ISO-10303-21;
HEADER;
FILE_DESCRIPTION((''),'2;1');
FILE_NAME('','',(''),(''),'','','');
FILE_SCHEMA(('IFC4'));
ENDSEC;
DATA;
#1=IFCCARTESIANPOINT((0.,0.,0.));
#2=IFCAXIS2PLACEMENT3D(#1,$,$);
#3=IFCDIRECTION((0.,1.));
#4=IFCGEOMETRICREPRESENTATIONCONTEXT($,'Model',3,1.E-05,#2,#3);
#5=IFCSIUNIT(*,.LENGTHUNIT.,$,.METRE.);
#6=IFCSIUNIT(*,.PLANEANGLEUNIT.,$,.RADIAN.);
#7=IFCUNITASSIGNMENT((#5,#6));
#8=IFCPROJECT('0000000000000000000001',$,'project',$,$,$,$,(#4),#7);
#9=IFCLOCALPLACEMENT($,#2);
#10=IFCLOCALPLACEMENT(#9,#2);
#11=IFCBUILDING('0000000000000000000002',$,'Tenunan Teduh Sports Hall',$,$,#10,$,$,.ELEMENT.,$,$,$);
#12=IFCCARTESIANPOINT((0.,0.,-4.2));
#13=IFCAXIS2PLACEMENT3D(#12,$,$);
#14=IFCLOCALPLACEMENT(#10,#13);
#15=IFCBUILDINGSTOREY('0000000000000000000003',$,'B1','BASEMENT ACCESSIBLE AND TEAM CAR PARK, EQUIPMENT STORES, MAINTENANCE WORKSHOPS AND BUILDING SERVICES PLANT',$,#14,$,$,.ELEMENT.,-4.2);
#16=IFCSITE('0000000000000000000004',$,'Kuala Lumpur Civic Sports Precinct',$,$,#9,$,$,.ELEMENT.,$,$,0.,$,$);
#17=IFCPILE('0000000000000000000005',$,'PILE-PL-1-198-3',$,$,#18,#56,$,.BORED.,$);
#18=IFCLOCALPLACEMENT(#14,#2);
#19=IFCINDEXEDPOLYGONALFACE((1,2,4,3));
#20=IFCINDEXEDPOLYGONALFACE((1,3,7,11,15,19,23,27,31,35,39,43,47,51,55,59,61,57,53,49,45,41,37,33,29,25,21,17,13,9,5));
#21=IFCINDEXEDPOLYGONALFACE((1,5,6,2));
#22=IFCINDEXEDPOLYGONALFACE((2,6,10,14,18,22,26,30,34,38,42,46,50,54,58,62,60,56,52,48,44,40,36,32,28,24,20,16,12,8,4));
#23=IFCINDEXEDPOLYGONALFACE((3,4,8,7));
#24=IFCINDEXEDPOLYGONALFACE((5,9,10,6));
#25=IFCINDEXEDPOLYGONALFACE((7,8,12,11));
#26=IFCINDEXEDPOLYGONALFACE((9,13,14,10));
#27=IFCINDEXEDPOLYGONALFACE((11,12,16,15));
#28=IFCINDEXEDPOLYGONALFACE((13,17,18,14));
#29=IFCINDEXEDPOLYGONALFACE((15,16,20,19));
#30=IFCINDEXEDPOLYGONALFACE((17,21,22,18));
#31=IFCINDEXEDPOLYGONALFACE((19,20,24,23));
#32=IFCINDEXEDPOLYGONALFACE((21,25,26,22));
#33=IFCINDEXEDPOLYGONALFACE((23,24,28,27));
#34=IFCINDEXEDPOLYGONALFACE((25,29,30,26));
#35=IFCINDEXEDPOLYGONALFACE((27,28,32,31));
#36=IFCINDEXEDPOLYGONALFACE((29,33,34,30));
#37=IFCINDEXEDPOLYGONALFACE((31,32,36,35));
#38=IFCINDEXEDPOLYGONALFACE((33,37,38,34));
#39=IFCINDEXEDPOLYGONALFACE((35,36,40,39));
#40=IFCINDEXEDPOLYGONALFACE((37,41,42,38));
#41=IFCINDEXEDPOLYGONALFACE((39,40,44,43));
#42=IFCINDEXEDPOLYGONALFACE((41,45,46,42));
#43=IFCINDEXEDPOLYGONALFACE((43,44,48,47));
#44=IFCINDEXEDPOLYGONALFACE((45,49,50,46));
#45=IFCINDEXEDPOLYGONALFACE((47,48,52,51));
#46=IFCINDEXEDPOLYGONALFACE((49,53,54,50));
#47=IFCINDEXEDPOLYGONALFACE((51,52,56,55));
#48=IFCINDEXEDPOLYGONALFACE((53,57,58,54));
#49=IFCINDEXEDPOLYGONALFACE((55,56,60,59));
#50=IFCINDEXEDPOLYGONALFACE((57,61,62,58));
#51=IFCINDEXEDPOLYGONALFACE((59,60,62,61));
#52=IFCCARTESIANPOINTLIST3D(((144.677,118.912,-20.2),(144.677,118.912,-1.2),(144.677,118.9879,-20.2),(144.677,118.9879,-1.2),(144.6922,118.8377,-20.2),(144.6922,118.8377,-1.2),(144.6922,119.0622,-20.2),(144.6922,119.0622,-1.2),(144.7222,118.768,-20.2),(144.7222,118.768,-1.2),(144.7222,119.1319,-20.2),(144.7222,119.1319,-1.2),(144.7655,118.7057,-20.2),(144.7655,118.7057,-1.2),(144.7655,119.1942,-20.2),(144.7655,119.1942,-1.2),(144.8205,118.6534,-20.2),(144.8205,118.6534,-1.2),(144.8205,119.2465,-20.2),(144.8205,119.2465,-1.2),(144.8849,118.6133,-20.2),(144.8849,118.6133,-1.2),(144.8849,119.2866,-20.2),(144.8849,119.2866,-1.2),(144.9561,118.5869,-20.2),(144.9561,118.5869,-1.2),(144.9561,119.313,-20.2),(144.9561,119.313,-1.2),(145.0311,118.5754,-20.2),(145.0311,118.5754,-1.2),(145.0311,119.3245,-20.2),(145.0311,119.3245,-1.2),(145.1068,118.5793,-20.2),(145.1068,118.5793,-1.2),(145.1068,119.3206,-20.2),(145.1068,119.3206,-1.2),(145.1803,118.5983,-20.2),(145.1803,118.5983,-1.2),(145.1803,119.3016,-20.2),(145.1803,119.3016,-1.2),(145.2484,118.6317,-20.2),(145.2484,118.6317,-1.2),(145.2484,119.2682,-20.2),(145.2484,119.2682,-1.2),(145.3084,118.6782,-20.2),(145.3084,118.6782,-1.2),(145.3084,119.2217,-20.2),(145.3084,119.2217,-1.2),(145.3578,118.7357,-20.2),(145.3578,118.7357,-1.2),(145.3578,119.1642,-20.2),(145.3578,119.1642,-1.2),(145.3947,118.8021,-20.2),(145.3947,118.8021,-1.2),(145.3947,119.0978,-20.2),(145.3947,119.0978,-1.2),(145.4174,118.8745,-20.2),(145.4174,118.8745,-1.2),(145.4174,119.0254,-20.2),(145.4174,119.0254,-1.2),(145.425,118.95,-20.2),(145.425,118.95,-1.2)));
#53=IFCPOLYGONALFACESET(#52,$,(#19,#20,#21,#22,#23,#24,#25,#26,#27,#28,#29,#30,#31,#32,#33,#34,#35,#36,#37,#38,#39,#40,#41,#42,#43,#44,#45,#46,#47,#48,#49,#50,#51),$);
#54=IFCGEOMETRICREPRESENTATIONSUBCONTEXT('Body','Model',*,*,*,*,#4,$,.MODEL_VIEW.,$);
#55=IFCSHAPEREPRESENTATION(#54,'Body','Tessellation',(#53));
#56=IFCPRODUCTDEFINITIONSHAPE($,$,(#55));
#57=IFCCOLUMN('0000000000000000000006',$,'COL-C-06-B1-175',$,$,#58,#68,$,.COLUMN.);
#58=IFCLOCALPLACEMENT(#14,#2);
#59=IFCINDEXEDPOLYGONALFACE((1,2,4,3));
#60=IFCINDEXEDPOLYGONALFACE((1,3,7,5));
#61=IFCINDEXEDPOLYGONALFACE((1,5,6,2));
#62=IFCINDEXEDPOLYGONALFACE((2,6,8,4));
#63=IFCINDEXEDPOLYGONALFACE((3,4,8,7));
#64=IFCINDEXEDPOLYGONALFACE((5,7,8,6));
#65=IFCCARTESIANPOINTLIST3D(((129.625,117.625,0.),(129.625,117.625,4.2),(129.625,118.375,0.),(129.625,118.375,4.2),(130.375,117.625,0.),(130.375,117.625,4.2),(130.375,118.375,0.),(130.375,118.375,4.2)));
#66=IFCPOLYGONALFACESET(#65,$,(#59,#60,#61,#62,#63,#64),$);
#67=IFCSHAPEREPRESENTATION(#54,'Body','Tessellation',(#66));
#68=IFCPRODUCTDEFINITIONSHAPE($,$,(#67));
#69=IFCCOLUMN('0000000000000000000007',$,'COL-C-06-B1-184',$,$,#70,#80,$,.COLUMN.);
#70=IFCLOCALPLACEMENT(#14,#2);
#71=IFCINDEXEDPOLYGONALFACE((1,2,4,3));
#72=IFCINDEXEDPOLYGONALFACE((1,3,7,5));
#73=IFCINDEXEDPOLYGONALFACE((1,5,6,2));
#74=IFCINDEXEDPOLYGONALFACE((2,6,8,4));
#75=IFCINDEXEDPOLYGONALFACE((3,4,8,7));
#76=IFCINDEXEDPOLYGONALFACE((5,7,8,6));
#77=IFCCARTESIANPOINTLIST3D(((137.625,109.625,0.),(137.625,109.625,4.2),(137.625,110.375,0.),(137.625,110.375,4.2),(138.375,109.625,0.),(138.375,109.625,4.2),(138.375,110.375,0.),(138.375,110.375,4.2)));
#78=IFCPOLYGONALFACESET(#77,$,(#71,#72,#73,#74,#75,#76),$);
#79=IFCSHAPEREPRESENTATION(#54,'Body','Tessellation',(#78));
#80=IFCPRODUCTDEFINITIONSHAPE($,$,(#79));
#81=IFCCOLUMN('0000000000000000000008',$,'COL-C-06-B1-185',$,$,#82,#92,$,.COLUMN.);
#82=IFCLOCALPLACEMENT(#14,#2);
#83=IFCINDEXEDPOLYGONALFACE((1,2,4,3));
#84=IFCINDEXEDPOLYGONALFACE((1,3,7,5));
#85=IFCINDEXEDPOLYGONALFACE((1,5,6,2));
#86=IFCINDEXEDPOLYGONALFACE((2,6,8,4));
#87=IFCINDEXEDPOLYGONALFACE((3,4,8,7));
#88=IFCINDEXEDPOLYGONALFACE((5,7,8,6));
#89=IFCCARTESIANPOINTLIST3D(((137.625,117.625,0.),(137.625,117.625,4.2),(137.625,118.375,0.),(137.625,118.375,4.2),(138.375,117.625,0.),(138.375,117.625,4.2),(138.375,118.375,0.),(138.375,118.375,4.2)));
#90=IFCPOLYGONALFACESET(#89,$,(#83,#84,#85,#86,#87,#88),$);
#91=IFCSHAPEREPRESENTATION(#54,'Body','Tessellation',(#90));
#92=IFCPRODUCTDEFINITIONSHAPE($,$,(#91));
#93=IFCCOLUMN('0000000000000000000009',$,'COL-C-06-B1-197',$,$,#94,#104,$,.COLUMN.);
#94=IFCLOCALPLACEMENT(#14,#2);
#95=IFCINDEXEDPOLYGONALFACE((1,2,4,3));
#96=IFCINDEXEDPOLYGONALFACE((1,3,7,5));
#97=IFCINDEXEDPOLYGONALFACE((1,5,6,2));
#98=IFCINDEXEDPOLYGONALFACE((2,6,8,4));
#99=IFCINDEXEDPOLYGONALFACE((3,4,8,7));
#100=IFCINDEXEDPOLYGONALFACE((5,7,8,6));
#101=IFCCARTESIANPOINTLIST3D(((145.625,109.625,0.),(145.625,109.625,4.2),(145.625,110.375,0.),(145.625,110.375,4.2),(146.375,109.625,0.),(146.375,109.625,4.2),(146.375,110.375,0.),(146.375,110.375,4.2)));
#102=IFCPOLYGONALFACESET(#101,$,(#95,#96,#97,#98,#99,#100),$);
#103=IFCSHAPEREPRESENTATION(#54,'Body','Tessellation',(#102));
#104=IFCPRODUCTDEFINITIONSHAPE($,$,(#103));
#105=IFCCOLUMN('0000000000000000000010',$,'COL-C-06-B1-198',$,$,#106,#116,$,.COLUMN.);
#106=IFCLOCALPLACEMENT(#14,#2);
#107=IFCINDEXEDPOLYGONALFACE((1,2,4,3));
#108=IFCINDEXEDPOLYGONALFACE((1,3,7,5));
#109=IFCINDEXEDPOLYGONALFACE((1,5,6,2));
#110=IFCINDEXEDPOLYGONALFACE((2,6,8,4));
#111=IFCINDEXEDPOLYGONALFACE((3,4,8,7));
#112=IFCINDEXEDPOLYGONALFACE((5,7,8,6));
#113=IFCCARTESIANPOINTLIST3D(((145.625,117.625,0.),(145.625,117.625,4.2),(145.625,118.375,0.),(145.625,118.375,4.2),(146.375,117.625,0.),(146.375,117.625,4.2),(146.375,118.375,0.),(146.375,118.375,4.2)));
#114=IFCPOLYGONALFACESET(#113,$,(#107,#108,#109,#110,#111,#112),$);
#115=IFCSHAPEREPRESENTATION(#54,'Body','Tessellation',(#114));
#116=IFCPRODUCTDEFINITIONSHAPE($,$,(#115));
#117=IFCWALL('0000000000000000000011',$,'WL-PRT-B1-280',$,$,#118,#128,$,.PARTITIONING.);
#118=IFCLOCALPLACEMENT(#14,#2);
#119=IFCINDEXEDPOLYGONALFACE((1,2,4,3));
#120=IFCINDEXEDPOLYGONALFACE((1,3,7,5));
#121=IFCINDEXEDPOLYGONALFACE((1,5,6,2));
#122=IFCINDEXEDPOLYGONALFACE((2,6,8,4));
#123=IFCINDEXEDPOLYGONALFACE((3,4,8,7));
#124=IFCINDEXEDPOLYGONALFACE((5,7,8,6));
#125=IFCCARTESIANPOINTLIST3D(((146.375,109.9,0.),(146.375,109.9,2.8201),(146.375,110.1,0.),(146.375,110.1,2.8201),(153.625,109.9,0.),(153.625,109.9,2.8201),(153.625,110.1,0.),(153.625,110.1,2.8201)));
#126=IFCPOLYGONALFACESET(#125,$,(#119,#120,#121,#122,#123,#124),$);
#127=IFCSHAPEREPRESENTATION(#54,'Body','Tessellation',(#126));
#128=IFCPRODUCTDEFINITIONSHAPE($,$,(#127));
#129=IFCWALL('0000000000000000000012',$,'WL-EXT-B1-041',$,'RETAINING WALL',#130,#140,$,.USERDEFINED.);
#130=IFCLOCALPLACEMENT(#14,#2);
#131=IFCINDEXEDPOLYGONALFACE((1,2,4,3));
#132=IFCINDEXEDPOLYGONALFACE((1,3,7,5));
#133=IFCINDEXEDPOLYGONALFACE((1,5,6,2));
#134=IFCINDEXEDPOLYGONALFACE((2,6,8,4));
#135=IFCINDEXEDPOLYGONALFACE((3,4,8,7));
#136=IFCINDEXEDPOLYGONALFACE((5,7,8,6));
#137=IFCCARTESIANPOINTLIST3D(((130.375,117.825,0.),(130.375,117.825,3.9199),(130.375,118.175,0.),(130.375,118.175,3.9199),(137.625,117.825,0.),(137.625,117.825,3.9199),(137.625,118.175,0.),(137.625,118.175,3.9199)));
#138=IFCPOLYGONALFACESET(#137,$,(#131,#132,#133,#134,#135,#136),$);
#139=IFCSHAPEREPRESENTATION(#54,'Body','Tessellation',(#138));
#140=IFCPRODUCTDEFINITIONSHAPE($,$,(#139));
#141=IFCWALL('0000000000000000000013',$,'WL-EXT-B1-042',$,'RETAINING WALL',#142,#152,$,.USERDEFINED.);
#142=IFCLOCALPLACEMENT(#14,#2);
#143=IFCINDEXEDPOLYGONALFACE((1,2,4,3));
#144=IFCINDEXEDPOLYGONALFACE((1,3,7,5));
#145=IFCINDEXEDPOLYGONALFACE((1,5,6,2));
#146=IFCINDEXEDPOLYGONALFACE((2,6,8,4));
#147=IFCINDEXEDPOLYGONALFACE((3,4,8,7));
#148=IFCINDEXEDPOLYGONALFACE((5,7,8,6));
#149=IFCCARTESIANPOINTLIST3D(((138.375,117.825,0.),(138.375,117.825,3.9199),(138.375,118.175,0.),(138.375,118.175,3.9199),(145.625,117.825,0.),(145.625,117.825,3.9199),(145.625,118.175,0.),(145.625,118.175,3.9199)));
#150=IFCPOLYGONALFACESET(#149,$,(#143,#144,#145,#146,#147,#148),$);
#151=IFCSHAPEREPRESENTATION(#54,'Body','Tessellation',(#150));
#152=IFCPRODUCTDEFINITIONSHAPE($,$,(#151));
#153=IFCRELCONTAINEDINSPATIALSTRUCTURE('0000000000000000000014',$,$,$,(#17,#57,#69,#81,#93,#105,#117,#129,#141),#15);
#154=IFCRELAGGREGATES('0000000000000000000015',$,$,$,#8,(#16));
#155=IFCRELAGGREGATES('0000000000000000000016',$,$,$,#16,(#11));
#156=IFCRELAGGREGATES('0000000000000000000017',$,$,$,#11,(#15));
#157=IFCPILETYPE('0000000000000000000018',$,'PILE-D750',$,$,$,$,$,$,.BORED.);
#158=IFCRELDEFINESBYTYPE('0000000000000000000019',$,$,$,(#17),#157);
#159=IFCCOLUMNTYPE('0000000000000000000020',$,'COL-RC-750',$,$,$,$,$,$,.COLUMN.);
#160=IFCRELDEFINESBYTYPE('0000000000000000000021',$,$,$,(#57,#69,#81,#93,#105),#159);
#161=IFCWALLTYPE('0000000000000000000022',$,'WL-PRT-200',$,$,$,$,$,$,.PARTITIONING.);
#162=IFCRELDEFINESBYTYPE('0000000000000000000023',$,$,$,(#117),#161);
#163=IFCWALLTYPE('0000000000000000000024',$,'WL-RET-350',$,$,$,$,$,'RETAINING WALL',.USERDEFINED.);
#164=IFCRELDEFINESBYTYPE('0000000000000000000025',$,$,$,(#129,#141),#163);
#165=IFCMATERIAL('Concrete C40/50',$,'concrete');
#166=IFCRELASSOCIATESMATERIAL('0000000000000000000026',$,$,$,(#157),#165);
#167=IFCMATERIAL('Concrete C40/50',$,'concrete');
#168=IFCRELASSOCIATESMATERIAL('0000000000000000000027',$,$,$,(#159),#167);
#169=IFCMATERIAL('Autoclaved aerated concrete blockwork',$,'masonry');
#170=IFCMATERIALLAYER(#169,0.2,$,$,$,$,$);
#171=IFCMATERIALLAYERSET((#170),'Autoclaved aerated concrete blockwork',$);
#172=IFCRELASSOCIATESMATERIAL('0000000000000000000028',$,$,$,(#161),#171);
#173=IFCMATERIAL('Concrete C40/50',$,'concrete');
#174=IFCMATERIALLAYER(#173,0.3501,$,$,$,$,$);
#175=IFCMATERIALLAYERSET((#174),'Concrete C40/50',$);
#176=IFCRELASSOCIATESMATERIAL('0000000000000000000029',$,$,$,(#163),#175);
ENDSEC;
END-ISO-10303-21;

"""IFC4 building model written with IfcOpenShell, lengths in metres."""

from ifc_helpers import new_model, si_unit, direction, frame, frame_2d, origin, origin_2d, place, context, subcontext, project, spatial, rectangle, circle, extrude, material, layer, layer_set, material_profile, profile_set, type_object, element, save


model = new_model("IFC4")

# Units and contexts
model_context = context("Model", 3, precision=1e-05, world=origin(), true_north=direction((0.0, 1.0)))
body_context = subcontext(model_context, "Body", "Model", "MODEL_VIEW")
ifc_project = project(units=[si_unit("LENGTHUNIT", "METRE"), si_unit("PLANEANGLEUNIT", "RADIAN")], contexts=[model_context])

# Site, building, storey
site_placement = place(None, origin())
site = spatial("IfcSite", under=ifc_project, at=site_placement, Name="Kuala Lumpur Civic Sports Precinct", CompositionType="ELEMENT", RefElevation=0.0)
building_placement = place(site_placement, origin())
building = spatial("IfcBuilding", under=site, at=building_placement, Name="Tenunan Teduh Sports Hall", CompositionType="ELEMENT")
storey_placement = place(building_placement, frame((0.0, 0.0, -4.2)))
storey = spatial("IfcBuildingStorey", under=building, at=storey_placement, Name="B1", Description="BASEMENT ACCESSIBLE AND TEAM CAR PARK, EQUIPMENT STORES, MAINTENANCE WORKSHOPS AND BUILDING SERVICES PLANT", CompositionType="ELEMENT", Elevation=-4.2)

# Pile
ifc_material_1 = material(Name="Concrete C40/50", Category="concrete")
ifc_material_profile_1 = material_profile(ifc_material_1, circle(Radius=0.375, at=origin_2d()), Name="PILE D750")
ifc_profile_set_1 = profile_set([ifc_material_profile_1], Name="Concrete C40/50")
pile_type = type_object("IfcPileType", Name="PILE-D750", PredefinedType="BORED", material=ifc_profile_set_1)
for number, where, z_axis, x_axis, name in (
    (1, (145.05, 118.95, -1.2), (0.0, 0.0, -1.0), (1.0, 0.0, 0.0), "PILE-PL-1-198-3"),
):
    element("IfcPile", number, at=place(storey_placement, frame(where, z_axis=z_axis, x_axis=x_axis)), inside=storey, type_object=pile_type, Name=name, PredefinedType="BORED", context=body_context, shape_type="SweptSolid", body=[
        extrude(circle(Radius=0.375, at=origin_2d()), origin(), (0.0, 0.0, 1.0), 19.0),
    ])

# Columns
ifc_material_2 = material(Name="Concrete C40/50", Category="concrete")
ifc_material_profile_2 = material_profile(ifc_material_2, rectangle(XDim=0.75, YDim=0.75, at=origin_2d()), Name="RC 750x750")
ifc_profile_set_2 = profile_set([ifc_material_profile_2], Name="Concrete C40/50")
column_type = type_object("IfcColumnType", Name="COL-RC-750", PredefinedType="COLUMN", material=ifc_profile_set_2)
for number, where, z_axis, x_axis, name in (
    (2, (130.0, 118.0, 0.0), (0.0, 0.0, 1.0), (1.0, 0.0, 0.0), "COL-C-06-B1-175"),
    (3, (138.0, 110.0, 0.0), (0.0, 0.0, 1.0), (1.0, 0.0, 0.0), "COL-C-06-B1-184"),
    (4, (138.0, 118.0, 0.0), (0.0, 0.0, 1.0), (1.0, 0.0, 0.0), "COL-C-06-B1-185"),
    (5, (146.0, 110.0, 0.0), (0.0, 0.0, 1.0), (1.0, 0.0, 0.0), "COL-C-06-B1-197"),
    (6, (146.0, 118.0, 0.0), (0.0, 0.0, 1.0), (1.0, 0.0, 0.0), "COL-C-06-B1-198"),
):
    element("IfcColumn", number, at=place(storey_placement, frame(where, z_axis=z_axis, x_axis=x_axis)), inside=storey, type_object=column_type, Name=name, PredefinedType="COLUMN", context=body_context, shape_type="SweptSolid", body=[
        extrude(rectangle(XDim=0.75, YDim=0.75, at=origin_2d()), origin(), (0.0, 0.0, 1.0), 4.2),
    ])

# Walls
ifc_material_3 = material(Name="Autoclaved aerated concrete blockwork", Category="masonry")
ifc_layer_1 = layer(ifc_material_3, 0.2)
ifc_layer_set_1 = layer_set([ifc_layer_1], Name="Autoclaved aerated concrete blockwork")
wall_type_1 = type_object("IfcWallType", Name="WL-PRT-200", PredefinedType="PARTITIONING", material=ifc_layer_set_1)
wall_placement = place(storey_placement, frame((146.375, 110.0, 0.0), z_axis=(0.0, 0.0, 1.0), x_axis=(1.0, 0.0, 0.0)))
element("IfcWall", 7, at=wall_placement, inside=storey, type_object=wall_type_1, Name="WL-PRT-B1-280", PredefinedType="PARTITIONING", context=body_context, shape_type="SweptSolid", body=[
    extrude(rectangle(XDim=7.25, YDim=0.2, at=frame_2d((3.625, 0.0))), origin(), (0.0, 0.0, 1.0), 2.8201),
])
ifc_material_4 = material(Name="Concrete C40/50", Category="concrete")
ifc_layer_2 = layer(ifc_material_4, 0.3501)
ifc_layer_set_2 = layer_set([ifc_layer_2], Name="Concrete C40/50")
wall_type_2 = type_object("IfcWallType", Name="WL-RET-350", ElementType="RETAINING WALL", PredefinedType="USERDEFINED", material=ifc_layer_set_2)
for number, where, z_axis, x_axis, name in (
    (8, (130.375, 118.0, 0.0), (0.0, 0.0, 1.0), (1.0, 0.0, 0.0), "WL-EXT-B1-041"),
    (9, (138.375, 118.0, 0.0), (0.0, 0.0, 1.0), (1.0, 0.0, 0.0), "WL-EXT-B1-042"),
):
    element("IfcWall", number, at=place(storey_placement, frame(where, z_axis=z_axis, x_axis=x_axis)), inside=storey, type_object=wall_type_2, Name=name, ObjectType="RETAINING WALL", PredefinedType="USERDEFINED", context=body_context, shape_type="SweptSolid", body=[
        extrude(rectangle(XDim=7.25, YDim=0.3501, at=frame_2d((3.625, 0.0))), origin(), (0.0, 0.0, 1.0), 3.9199),
    ])

save(model, "model.ifc")
